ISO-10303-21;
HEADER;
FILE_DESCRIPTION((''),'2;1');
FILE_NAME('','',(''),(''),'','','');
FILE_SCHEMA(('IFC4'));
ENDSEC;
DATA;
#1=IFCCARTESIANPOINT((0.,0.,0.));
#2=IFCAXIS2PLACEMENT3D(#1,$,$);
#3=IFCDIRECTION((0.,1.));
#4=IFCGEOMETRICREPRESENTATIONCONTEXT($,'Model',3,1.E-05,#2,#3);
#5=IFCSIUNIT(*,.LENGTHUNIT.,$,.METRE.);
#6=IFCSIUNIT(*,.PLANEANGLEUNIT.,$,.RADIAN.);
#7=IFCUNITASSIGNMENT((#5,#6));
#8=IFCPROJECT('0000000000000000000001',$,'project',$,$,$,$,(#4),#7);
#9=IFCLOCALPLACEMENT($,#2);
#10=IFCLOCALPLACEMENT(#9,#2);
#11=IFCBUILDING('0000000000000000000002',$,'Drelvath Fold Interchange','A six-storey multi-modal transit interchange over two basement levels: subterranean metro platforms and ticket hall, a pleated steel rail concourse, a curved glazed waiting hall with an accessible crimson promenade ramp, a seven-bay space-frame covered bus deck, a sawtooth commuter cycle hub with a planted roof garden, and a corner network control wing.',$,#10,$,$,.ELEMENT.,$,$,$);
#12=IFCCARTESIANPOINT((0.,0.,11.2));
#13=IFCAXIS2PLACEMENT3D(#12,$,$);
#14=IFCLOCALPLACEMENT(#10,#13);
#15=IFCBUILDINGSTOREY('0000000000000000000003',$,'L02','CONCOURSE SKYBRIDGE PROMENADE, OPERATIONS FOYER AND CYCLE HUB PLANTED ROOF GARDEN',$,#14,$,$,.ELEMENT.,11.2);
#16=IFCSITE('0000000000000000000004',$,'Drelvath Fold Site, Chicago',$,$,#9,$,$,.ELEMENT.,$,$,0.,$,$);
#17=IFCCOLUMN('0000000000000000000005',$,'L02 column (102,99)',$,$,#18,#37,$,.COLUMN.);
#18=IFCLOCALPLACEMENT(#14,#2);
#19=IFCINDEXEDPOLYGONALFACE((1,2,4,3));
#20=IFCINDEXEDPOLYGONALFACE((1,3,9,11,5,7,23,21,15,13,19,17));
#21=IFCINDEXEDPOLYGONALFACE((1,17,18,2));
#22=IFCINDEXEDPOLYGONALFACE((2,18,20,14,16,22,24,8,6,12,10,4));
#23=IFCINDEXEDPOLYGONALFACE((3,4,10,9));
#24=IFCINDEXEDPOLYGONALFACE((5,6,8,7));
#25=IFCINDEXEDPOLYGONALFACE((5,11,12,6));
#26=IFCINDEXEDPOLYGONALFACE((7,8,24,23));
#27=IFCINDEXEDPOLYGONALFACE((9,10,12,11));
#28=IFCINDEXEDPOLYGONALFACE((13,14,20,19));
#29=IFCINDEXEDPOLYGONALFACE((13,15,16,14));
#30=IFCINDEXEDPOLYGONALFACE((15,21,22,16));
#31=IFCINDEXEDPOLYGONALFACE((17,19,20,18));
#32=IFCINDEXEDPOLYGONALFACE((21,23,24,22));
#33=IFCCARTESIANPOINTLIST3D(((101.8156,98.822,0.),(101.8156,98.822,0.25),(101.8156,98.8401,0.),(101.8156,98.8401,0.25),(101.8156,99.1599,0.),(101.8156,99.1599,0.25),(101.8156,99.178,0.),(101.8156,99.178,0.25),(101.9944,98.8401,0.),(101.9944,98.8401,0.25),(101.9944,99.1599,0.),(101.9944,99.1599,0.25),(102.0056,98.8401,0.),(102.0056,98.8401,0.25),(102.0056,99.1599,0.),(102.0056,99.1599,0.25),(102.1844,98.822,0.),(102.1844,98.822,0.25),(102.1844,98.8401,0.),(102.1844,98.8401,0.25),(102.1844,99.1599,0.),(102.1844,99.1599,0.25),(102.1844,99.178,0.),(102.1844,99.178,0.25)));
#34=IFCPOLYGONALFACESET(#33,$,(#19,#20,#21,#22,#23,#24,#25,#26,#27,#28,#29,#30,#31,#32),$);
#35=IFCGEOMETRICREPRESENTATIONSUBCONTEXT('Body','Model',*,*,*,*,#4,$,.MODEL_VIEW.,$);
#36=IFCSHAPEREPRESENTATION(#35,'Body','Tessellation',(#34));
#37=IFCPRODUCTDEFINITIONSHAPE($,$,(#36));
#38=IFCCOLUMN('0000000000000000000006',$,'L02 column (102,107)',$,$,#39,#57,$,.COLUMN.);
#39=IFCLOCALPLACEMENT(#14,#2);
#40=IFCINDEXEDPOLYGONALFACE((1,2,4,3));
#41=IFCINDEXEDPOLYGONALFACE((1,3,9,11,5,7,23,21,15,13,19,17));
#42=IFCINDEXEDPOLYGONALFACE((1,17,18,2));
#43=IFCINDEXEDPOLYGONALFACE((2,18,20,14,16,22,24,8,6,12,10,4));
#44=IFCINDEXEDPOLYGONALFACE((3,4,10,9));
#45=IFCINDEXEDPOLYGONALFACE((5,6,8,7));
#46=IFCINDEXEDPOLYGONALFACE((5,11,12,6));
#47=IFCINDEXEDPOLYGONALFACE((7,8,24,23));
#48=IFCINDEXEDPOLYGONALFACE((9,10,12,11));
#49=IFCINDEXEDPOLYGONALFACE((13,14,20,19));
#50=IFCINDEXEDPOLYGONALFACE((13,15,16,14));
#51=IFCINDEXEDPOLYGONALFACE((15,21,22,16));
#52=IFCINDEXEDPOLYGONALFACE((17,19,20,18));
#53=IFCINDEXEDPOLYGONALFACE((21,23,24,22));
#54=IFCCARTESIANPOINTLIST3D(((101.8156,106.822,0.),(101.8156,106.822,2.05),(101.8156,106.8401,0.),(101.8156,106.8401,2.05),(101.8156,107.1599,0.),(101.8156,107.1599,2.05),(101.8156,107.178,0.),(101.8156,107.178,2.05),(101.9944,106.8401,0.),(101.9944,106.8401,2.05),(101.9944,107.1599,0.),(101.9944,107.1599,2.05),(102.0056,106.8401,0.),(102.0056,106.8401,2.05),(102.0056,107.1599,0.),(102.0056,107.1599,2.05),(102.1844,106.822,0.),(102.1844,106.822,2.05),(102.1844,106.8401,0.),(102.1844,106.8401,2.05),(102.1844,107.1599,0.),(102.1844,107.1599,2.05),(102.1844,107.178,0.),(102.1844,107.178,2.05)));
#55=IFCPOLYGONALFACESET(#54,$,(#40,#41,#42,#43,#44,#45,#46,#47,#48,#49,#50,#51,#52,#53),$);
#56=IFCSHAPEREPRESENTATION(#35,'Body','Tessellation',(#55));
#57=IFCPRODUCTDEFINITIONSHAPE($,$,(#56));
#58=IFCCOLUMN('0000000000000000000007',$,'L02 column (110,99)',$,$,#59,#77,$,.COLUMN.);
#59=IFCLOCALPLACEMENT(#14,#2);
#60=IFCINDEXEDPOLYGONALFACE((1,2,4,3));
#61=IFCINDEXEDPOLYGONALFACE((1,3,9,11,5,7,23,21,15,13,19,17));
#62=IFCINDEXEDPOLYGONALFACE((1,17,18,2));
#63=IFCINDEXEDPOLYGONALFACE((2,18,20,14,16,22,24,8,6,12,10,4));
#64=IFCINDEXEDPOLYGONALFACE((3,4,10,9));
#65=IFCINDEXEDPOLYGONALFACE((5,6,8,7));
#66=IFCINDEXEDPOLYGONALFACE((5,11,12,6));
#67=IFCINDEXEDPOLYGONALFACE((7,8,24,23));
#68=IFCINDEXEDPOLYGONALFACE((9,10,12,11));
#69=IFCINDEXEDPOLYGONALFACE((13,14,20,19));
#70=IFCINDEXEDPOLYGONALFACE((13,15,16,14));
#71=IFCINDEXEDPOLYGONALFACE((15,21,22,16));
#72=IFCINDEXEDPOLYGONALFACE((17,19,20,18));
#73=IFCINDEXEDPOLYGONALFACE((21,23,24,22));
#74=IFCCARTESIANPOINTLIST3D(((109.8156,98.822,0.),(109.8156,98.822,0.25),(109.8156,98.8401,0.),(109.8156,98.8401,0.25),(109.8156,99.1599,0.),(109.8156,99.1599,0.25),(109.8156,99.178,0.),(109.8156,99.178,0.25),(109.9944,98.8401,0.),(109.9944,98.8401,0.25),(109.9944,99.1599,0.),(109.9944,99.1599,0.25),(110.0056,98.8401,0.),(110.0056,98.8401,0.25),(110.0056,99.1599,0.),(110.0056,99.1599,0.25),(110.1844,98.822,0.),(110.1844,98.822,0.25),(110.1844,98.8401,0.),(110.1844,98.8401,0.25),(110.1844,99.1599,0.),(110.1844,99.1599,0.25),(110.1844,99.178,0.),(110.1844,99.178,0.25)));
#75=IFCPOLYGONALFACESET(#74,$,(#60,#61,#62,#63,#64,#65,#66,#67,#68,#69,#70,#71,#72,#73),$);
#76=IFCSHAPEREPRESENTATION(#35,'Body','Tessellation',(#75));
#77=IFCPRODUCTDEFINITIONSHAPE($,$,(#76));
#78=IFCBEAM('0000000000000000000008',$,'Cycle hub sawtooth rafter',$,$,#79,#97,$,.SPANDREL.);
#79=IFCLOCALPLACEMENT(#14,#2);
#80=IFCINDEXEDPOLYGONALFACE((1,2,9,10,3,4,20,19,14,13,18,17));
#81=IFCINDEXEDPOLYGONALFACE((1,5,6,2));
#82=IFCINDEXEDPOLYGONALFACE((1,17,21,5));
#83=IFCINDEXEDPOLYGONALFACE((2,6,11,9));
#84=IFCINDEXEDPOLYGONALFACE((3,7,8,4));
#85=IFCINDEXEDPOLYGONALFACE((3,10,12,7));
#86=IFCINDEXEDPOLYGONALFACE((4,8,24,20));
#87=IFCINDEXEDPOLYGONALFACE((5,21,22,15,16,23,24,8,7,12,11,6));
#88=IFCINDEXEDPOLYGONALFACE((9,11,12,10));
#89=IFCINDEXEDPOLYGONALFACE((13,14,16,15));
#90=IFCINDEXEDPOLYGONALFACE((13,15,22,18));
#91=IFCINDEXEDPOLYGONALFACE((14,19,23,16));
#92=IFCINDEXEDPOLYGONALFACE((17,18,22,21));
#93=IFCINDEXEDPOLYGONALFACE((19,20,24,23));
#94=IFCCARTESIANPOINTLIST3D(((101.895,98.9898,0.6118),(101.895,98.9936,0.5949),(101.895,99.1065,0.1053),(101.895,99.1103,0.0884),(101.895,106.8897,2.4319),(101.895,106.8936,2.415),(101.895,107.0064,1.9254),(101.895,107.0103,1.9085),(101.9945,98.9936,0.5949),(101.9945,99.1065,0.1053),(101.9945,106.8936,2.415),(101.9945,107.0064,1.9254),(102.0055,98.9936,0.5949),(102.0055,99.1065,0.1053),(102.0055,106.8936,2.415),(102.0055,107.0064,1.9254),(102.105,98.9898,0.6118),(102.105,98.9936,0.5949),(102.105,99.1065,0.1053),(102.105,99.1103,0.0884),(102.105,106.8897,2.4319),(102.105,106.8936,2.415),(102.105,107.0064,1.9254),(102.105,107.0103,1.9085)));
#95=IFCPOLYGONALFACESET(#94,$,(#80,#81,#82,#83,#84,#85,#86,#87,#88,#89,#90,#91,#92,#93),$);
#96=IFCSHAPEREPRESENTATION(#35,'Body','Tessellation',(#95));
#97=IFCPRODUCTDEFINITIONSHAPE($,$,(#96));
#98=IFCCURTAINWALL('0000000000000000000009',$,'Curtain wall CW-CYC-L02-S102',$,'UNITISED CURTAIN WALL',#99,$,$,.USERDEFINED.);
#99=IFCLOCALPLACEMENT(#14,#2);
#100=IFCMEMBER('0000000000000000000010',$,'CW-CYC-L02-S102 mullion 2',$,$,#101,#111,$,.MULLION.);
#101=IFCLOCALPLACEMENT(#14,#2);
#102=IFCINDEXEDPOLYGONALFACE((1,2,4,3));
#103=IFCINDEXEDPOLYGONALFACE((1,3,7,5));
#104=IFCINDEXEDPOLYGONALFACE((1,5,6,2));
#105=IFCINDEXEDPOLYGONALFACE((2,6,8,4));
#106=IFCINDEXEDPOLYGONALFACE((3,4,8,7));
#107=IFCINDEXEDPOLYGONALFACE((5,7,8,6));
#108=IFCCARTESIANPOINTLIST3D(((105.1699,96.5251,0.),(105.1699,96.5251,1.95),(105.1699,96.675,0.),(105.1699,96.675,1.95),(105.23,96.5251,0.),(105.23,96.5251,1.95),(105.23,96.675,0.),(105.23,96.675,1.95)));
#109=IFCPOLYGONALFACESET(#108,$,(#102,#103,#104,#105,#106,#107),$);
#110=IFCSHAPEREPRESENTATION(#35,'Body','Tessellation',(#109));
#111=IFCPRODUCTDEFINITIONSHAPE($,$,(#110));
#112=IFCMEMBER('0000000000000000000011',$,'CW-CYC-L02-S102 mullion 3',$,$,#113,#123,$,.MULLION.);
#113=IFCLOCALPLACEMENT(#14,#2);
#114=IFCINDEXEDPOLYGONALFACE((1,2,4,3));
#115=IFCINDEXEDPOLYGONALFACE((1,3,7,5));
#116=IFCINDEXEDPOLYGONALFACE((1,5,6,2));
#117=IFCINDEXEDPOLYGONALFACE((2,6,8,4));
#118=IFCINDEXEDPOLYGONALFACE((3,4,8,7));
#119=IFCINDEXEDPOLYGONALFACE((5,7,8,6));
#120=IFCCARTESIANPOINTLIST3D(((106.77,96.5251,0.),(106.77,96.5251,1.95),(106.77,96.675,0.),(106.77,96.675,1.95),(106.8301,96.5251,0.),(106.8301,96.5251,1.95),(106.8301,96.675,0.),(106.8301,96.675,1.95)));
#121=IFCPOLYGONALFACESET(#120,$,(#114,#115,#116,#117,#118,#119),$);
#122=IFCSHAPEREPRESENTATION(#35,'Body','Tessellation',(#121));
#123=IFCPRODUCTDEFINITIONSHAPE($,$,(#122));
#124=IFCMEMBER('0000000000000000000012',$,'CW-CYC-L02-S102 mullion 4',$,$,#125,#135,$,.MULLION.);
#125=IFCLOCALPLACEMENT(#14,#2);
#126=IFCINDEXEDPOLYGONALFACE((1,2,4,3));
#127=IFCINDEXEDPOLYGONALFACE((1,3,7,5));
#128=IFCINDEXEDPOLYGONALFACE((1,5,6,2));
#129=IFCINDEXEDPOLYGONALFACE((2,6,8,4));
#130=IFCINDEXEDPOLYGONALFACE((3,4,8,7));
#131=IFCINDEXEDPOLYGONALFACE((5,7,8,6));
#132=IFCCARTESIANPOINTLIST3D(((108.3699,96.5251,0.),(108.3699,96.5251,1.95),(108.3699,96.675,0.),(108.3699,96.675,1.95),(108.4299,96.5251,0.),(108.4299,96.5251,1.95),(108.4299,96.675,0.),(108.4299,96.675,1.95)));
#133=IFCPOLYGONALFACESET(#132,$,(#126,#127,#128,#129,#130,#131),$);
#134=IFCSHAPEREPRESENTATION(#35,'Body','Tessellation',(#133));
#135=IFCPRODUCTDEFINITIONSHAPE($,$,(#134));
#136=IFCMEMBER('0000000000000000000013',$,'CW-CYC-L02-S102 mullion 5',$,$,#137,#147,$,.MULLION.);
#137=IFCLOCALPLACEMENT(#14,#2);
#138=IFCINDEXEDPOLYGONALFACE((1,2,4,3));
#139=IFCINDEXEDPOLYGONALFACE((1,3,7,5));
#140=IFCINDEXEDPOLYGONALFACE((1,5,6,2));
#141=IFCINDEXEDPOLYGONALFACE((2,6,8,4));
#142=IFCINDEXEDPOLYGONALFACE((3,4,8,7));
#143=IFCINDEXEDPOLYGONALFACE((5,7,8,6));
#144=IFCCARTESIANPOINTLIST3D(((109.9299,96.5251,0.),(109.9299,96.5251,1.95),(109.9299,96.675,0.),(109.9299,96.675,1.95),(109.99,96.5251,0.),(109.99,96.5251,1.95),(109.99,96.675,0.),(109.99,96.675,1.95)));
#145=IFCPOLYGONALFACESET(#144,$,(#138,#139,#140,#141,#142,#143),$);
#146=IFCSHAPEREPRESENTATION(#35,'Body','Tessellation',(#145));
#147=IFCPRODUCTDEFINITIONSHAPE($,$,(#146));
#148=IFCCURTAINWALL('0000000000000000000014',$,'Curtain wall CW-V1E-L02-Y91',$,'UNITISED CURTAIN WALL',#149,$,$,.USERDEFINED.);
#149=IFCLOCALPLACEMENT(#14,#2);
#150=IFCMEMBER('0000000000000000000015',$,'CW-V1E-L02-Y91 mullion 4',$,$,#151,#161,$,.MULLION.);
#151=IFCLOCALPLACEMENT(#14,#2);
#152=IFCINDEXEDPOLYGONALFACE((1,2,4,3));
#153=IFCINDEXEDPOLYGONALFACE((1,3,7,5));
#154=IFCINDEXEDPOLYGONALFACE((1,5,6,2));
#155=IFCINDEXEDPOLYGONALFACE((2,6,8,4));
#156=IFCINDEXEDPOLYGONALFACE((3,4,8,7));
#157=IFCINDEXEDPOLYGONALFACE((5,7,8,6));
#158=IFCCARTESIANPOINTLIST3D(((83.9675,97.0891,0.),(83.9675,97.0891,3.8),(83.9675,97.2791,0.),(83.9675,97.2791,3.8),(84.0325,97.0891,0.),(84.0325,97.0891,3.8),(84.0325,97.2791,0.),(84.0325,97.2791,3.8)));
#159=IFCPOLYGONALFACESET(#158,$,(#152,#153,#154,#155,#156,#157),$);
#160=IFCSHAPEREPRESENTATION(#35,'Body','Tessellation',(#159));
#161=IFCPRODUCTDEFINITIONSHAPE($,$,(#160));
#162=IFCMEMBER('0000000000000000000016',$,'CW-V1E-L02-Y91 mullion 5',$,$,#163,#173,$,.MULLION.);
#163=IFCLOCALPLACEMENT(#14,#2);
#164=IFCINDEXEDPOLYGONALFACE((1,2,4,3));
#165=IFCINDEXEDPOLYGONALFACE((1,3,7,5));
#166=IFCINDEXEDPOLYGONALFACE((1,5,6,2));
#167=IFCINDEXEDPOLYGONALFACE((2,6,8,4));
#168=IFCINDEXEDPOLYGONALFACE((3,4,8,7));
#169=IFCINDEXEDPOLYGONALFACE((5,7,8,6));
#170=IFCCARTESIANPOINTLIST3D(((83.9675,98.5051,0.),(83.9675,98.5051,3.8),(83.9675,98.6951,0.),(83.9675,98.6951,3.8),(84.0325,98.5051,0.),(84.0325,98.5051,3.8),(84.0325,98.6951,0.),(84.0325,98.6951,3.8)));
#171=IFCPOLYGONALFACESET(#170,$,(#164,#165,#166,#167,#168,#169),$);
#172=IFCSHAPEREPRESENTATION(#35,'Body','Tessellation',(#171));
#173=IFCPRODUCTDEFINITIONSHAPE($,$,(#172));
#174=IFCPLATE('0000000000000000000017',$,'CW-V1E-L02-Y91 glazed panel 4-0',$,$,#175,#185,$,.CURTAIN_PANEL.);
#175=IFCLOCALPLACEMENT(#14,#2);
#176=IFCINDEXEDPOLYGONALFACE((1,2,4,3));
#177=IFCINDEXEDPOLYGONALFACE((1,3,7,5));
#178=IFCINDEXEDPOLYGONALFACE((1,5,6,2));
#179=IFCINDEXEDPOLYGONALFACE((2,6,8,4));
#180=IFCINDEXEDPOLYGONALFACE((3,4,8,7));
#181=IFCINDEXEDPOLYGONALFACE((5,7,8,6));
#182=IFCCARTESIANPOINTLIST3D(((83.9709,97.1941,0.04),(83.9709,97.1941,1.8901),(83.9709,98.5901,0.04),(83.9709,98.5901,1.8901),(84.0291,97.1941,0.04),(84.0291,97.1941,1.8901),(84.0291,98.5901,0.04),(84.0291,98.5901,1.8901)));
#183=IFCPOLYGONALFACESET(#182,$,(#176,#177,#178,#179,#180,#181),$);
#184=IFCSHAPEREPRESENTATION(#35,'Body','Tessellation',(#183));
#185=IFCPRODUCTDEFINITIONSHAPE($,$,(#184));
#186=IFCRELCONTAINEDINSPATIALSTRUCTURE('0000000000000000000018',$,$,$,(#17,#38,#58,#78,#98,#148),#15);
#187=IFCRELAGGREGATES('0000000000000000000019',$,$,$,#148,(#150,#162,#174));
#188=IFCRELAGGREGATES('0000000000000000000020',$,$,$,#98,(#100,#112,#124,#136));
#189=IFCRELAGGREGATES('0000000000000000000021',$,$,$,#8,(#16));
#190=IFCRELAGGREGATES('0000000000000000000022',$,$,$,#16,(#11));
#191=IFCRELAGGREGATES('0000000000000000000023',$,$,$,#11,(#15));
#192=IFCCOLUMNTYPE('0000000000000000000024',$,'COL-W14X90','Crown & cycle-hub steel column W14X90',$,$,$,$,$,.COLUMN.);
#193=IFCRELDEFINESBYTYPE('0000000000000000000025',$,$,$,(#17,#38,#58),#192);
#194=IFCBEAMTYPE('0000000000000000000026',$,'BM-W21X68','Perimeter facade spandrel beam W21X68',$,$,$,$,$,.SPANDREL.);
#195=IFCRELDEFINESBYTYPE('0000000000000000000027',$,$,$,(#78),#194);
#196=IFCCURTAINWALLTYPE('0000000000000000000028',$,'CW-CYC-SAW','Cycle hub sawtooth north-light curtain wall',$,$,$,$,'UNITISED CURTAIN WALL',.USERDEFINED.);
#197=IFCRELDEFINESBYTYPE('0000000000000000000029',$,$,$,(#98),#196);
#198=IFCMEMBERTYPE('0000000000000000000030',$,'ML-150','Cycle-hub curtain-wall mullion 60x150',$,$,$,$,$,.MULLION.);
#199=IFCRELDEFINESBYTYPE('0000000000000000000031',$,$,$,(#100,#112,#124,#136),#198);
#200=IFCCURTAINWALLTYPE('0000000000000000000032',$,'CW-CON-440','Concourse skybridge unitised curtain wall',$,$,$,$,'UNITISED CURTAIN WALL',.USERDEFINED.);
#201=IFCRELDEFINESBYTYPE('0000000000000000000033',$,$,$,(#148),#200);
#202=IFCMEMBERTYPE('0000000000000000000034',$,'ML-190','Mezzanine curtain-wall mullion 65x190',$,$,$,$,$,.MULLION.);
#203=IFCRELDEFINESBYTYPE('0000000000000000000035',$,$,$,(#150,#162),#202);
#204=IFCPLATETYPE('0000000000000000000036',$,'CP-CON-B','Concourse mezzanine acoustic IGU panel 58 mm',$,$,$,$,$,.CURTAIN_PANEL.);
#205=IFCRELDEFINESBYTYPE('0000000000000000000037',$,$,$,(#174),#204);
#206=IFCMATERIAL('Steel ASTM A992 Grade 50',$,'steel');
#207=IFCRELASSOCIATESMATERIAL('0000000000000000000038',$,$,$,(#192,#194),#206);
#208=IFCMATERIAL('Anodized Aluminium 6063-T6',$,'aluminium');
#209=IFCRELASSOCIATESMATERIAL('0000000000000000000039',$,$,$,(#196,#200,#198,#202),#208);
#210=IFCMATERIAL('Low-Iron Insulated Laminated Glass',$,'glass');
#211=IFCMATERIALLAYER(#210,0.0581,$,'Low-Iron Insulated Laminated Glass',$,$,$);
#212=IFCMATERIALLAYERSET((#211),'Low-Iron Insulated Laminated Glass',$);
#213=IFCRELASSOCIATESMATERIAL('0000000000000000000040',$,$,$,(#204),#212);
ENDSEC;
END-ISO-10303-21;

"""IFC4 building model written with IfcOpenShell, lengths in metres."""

from ifc_helpers import new_model, si_unit, direction, frame, origin, origin_2d, place, context, subcontext, project, spatial, rectangle, i_section, extrude, material, layer, layer_set, material_profile, profile_set, type_object, element, aggregate, save


model = new_model("IFC4")

# Units and contexts
model_context = context("Model", 3, precision=1e-05, world=origin(), true_north=direction((0.0, 1.0)))
body_context = subcontext(model_context, "Body", "Model", "MODEL_VIEW")
ifc_project = project(units=[si_unit("LENGTHUNIT", "METRE"), si_unit("PLANEANGLEUNIT", "RADIAN")], contexts=[model_context])

# Site, building, storey
site_placement = place(None, origin())
site = spatial("IfcSite", under=ifc_project, at=site_placement, Name="Drelvath Fold Site, Chicago", CompositionType="ELEMENT", RefElevation=0.0)
building_placement = place(site_placement, origin())
building = spatial("IfcBuilding", under=site, at=building_placement, Name="Drelvath Fold Interchange", Description="A six-storey multi-modal transit interchange over two basement levels: subterranean metro platforms and ticket hall, a pleated steel rail concourse, a curved glazed waiting hall with an accessible crimson promenade ramp, a seven-bay space-frame covered bus deck, a sawtooth commuter cycle hub with a planted roof garden, and a corner network control wing.", CompositionType="ELEMENT")
storey_placement = place(building_placement, frame((0.0, 0.0, 11.2)))
storey = spatial("IfcBuildingStorey", under=building, at=storey_placement, Name="L02", Description="CONCOURSE SKYBRIDGE PROMENADE, OPERATIONS FOYER AND CYCLE HUB PLANTED ROOF GARDEN", CompositionType="ELEMENT", Elevation=11.2)

# Columns
ifc_material_1 = material(Name="Steel ASTM A992 Grade 50", Category="steel")
ifc_material_profile_1 = material_profile(ifc_material_1, i_section(OverallWidth=0.3689, OverallDepth=0.356, WebThickness=0.0112, FlangeThickness=0.0181, at=origin_2d()), Name="W14X90")
ifc_profile_set_1 = profile_set([ifc_material_profile_1], Name="Steel ASTM A992 Grade 50")
column_type = type_object("IfcColumnType", Name="COL-W14X90", Description="Crown & cycle-hub steel column W14X90", PredefinedType="COLUMN", material=ifc_profile_set_1)
column_1_placement = place(storey_placement, frame((102.0, 99.0, 0.0), z_axis=(0.0, 0.0, 1.0), x_axis=(1.0, 0.0, 0.0)))
element("IfcColumn", 1, at=column_1_placement, inside=storey, type_object=column_type, Name="L02 column (102,99)", PredefinedType="COLUMN", context=body_context, shape_type="SweptSolid", body=[
    extrude(i_section(OverallWidth=0.3689, OverallDepth=0.356, WebThickness=0.0112, FlangeThickness=0.0181, at=origin_2d()), origin(), (0.0, 0.0, 1.0), 0.25),
])
column_2_placement = place(storey_placement, frame((102.0, 107.0, 0.0), z_axis=(0.0, 0.0, 1.0), x_axis=(1.0, 0.0, 0.0)))
element("IfcColumn", 2, at=column_2_placement, inside=storey, type_object=column_type, Name="L02 column (102,107)", PredefinedType="COLUMN", context=body_context, shape_type="SweptSolid", body=[
    extrude(i_section(OverallWidth=0.3689, OverallDepth=0.356, WebThickness=0.0112, FlangeThickness=0.0181, at=origin_2d()), origin(), (0.0, 0.0, 1.0), 2.05),
])
column_3_placement = place(storey_placement, frame((110.0, 99.0, 0.0), z_axis=(0.0, 0.0, 1.0), x_axis=(1.0, 0.0, 0.0)))
element("IfcColumn", 3, at=column_3_placement, inside=storey, type_object=column_type, Name="L02 column (110,99)", PredefinedType="COLUMN", context=body_context, shape_type="SweptSolid", body=[
    extrude(i_section(OverallWidth=0.3689, OverallDepth=0.356, WebThickness=0.0112, FlangeThickness=0.0181, at=origin_2d()), origin(), (0.0, 0.0, 1.0), 0.25),
])

# Beam
ifc_material_profile_2 = material_profile(ifc_material_1, i_section(OverallWidth=0.21, OverallDepth=0.5371, WebThickness=0.011, FlangeThickness=0.0173, at=origin_2d()), Name="W21X68")
ifc_profile_set_2 = profile_set([ifc_material_profile_2], Name="Steel ASTM A992 Grade 50")
beam_type = type_object("IfcBeamType", Name="BM-W21X68", Description="Perimeter facade spandrel beam W21X68", PredefinedType="SPANDREL", material=ifc_profile_set_2)
beam_placement = place(storey_placement, frame((102.0, 99.05, 0.3501), z_axis=(0.0, 0.974472, 0.22451), x_axis=(-1.0, 0.0, 0.0)))
element("IfcBeam", 4, at=beam_placement, inside=storey, type_object=beam_type, Name="Cycle hub sawtooth rafter", PredefinedType="SPANDREL", context=body_context, shape_type="SweptSolid", body=[
    extrude(i_section(OverallWidth=0.21, OverallDepth=0.5371, WebThickness=0.011, FlangeThickness=0.0173, at=origin_2d()), origin(), (0.0, 0.0, 1.0), 8.1069),
])

# Curtain wall, members
ifc_material_2 = material(Name="Anodized Aluminium 6063-T6", Category="aluminium")
curtain_wall_type_1 = type_object("IfcCurtainWallType", Name="CW-CYC-SAW", Description="Cycle hub sawtooth north-light curtain wall", ElementType="UNITISED CURTAIN WALL", PredefinedType="USERDEFINED", material=ifc_material_2)
curtain_wall_1_placement = place(storey_placement, origin())
curtain_wall_1 = element("IfcCurtainWall", 5, at=curtain_wall_1_placement, inside=storey, type_object=curtain_wall_type_1, Name="Curtain wall CW-CYC-L02-S102", ObjectType="UNITISED CURTAIN WALL", PredefinedType="USERDEFINED")
ifc_material_profile_3 = material_profile(ifc_material_2, rectangle(XDim=0.0601, YDim=0.1499, at=origin_2d()), Name="AL-M 60x150")
ifc_profile_set_3 = profile_set([ifc_material_profile_3], Name="Anodized Aluminium 6063-T6")
member_type_1 = type_object("IfcMemberType", Name="ML-150", Description="Cycle-hub curtain-wall mullion 60x150", PredefinedType="MULLION", material=ifc_profile_set_3)
member_1_placement = place(storey_placement, frame((105.2, 96.6001, 0.0), z_axis=(0.0, 0.0, 1.0), x_axis=(1.0, 0.0, 0.0)))
member_1 = element("IfcMember", 6, at=member_1_placement, type_object=member_type_1, Name="CW-CYC-L02-S102 mullion 2", PredefinedType="MULLION", context=body_context, shape_type="SweptSolid", body=[
    extrude(rectangle(XDim=0.0601, YDim=0.1499, at=origin_2d()), origin(), (0.0, 0.0, 1.0), 1.95),
])
member_2_placement = place(storey_placement, frame((106.8, 96.6001, 0.0), z_axis=(0.0, 0.0, 1.0), x_axis=(1.0, 0.0, 0.0)))
member_2 = element("IfcMember", 7, at=member_2_placement, type_object=member_type_1, Name="CW-CYC-L02-S102 mullion 3", PredefinedType="MULLION", context=body_context, shape_type="SweptSolid", body=[
    extrude(rectangle(XDim=0.0601, YDim=0.1499, at=origin_2d()), origin(), (0.0, 0.0, 1.0), 1.95),
])
member_3_placement = place(storey_placement, frame((108.3999, 96.6001, 0.0), z_axis=(0.0, 0.0, 1.0), x_axis=(1.0, 0.0, 0.0)))
member_3 = element("IfcMember", 8, at=member_3_placement, type_object=member_type_1, Name="CW-CYC-L02-S102 mullion 4", PredefinedType="MULLION", context=body_context, shape_type="SweptSolid", body=[
    extrude(rectangle(XDim=0.0601, YDim=0.1499, at=origin_2d()), origin(), (0.0, 0.0, 1.0), 1.95),
])
member_4_placement = place(storey_placement, frame((109.96, 96.6001, 0.0), z_axis=(0.0, 0.0, 1.0), x_axis=(1.0, 0.0, 0.0)))
member_4 = element("IfcMember", 9, at=member_4_placement, type_object=member_type_1, Name="CW-CYC-L02-S102 mullion 5", PredefinedType="MULLION", context=body_context, shape_type="SweptSolid", body=[
    extrude(rectangle(XDim=0.0601, YDim=0.1499, at=origin_2d()), origin(), (0.0, 0.0, 1.0), 1.95),
])

# Curtain wall, members, plate
curtain_wall_type_2 = type_object("IfcCurtainWallType", Name="CW-CON-440", Description="Concourse skybridge unitised curtain wall", ElementType="UNITISED CURTAIN WALL", PredefinedType="USERDEFINED", material=ifc_material_2)
curtain_wall_2_placement = place(storey_placement, origin())
curtain_wall_2 = element("IfcCurtainWall", 10, at=curtain_wall_2_placement, inside=storey, type_object=curtain_wall_type_2, Name="Curtain wall CW-V1E-L02-Y91", ObjectType="UNITISED CURTAIN WALL", PredefinedType="USERDEFINED")
ifc_material_profile_4 = material_profile(ifc_material_2, rectangle(XDim=0.0649, YDim=0.1899, at=origin_2d()), Name="AL-M 65x190")
ifc_profile_set_4 = profile_set([ifc_material_profile_4], Name="Anodized Aluminium 6063-T6")
member_type_2 = type_object("IfcMemberType", Name="ML-190", Description="Mezzanine curtain-wall mullion 65x190", PredefinedType="MULLION", material=ifc_profile_set_4)
member_5_placement = place(storey_placement, frame((84.0, 97.1841, 0.0), z_axis=(0.0, 0.0, 1.0), x_axis=(1.0, 0.0, 0.0)))
member_5 = element("IfcMember", 11, at=member_5_placement, type_object=member_type_2, Name="CW-V1E-L02-Y91 mullion 4", PredefinedType="MULLION", context=body_context, shape_type="SweptSolid", body=[
    extrude(rectangle(XDim=0.0649, YDim=0.1899, at=origin_2d()), origin(), (0.0, 0.0, 1.0), 3.8),
])
member_6_placement = place(storey_placement, frame((84.0, 98.6001, 0.0), z_axis=(0.0, 0.0, 1.0), x_axis=(1.0, 0.0, 0.0)))
member_6 = element("IfcMember", 12, at=member_6_placement, type_object=member_type_2, Name="CW-V1E-L02-Y91 mullion 5", PredefinedType="MULLION", context=body_context, shape_type="SweptSolid", body=[
    extrude(rectangle(XDim=0.0649, YDim=0.1899, at=origin_2d()), origin(), (0.0, 0.0, 1.0), 3.8),
])
ifc_material_3 = material(Name="Low-Iron Insulated Laminated Glass", Category="glass")
ifc_layer_1 = layer(ifc_material_3, 0.0581, Name="Low-Iron Insulated Laminated Glass")
ifc_layer_set_1 = layer_set([ifc_layer_1], Name="Low-Iron Insulated Laminated Glass")
plate_type_1 = type_object("IfcPlateType", Name="CP-CON-B", Description="Concourse mezzanine acoustic IGU panel 58 mm", PredefinedType="CURTAIN_PANEL", material=ifc_layer_set_1)
plate_1_placement = place(storey_placement, frame((84.0, 97.8921, 0.04), z_axis=(0.0, 0.0, 1.0), x_axis=(0.0, 1.0, 0.0)))
plate_1 = element("IfcPlate", 13, at=plate_1_placement, type_object=plate_type_1, Name="CW-V1E-L02-Y91 glazed panel 4-0", PredefinedType="CURTAIN_PANEL", context=body_context, shape_type="SweptSolid", body=[
    extrude(rectangle(XDim=1.396, YDim=0.0581, at=origin_2d()), origin(), (0.0, 0.0, 1.0), 1.8501),
])
aggregate(curtain_wall_2, [member_5, member_6, plate_1])

aggregate(curtain_wall_1, [member_1, member_2, member_3, member_4])

save(model, "model.ifc")
